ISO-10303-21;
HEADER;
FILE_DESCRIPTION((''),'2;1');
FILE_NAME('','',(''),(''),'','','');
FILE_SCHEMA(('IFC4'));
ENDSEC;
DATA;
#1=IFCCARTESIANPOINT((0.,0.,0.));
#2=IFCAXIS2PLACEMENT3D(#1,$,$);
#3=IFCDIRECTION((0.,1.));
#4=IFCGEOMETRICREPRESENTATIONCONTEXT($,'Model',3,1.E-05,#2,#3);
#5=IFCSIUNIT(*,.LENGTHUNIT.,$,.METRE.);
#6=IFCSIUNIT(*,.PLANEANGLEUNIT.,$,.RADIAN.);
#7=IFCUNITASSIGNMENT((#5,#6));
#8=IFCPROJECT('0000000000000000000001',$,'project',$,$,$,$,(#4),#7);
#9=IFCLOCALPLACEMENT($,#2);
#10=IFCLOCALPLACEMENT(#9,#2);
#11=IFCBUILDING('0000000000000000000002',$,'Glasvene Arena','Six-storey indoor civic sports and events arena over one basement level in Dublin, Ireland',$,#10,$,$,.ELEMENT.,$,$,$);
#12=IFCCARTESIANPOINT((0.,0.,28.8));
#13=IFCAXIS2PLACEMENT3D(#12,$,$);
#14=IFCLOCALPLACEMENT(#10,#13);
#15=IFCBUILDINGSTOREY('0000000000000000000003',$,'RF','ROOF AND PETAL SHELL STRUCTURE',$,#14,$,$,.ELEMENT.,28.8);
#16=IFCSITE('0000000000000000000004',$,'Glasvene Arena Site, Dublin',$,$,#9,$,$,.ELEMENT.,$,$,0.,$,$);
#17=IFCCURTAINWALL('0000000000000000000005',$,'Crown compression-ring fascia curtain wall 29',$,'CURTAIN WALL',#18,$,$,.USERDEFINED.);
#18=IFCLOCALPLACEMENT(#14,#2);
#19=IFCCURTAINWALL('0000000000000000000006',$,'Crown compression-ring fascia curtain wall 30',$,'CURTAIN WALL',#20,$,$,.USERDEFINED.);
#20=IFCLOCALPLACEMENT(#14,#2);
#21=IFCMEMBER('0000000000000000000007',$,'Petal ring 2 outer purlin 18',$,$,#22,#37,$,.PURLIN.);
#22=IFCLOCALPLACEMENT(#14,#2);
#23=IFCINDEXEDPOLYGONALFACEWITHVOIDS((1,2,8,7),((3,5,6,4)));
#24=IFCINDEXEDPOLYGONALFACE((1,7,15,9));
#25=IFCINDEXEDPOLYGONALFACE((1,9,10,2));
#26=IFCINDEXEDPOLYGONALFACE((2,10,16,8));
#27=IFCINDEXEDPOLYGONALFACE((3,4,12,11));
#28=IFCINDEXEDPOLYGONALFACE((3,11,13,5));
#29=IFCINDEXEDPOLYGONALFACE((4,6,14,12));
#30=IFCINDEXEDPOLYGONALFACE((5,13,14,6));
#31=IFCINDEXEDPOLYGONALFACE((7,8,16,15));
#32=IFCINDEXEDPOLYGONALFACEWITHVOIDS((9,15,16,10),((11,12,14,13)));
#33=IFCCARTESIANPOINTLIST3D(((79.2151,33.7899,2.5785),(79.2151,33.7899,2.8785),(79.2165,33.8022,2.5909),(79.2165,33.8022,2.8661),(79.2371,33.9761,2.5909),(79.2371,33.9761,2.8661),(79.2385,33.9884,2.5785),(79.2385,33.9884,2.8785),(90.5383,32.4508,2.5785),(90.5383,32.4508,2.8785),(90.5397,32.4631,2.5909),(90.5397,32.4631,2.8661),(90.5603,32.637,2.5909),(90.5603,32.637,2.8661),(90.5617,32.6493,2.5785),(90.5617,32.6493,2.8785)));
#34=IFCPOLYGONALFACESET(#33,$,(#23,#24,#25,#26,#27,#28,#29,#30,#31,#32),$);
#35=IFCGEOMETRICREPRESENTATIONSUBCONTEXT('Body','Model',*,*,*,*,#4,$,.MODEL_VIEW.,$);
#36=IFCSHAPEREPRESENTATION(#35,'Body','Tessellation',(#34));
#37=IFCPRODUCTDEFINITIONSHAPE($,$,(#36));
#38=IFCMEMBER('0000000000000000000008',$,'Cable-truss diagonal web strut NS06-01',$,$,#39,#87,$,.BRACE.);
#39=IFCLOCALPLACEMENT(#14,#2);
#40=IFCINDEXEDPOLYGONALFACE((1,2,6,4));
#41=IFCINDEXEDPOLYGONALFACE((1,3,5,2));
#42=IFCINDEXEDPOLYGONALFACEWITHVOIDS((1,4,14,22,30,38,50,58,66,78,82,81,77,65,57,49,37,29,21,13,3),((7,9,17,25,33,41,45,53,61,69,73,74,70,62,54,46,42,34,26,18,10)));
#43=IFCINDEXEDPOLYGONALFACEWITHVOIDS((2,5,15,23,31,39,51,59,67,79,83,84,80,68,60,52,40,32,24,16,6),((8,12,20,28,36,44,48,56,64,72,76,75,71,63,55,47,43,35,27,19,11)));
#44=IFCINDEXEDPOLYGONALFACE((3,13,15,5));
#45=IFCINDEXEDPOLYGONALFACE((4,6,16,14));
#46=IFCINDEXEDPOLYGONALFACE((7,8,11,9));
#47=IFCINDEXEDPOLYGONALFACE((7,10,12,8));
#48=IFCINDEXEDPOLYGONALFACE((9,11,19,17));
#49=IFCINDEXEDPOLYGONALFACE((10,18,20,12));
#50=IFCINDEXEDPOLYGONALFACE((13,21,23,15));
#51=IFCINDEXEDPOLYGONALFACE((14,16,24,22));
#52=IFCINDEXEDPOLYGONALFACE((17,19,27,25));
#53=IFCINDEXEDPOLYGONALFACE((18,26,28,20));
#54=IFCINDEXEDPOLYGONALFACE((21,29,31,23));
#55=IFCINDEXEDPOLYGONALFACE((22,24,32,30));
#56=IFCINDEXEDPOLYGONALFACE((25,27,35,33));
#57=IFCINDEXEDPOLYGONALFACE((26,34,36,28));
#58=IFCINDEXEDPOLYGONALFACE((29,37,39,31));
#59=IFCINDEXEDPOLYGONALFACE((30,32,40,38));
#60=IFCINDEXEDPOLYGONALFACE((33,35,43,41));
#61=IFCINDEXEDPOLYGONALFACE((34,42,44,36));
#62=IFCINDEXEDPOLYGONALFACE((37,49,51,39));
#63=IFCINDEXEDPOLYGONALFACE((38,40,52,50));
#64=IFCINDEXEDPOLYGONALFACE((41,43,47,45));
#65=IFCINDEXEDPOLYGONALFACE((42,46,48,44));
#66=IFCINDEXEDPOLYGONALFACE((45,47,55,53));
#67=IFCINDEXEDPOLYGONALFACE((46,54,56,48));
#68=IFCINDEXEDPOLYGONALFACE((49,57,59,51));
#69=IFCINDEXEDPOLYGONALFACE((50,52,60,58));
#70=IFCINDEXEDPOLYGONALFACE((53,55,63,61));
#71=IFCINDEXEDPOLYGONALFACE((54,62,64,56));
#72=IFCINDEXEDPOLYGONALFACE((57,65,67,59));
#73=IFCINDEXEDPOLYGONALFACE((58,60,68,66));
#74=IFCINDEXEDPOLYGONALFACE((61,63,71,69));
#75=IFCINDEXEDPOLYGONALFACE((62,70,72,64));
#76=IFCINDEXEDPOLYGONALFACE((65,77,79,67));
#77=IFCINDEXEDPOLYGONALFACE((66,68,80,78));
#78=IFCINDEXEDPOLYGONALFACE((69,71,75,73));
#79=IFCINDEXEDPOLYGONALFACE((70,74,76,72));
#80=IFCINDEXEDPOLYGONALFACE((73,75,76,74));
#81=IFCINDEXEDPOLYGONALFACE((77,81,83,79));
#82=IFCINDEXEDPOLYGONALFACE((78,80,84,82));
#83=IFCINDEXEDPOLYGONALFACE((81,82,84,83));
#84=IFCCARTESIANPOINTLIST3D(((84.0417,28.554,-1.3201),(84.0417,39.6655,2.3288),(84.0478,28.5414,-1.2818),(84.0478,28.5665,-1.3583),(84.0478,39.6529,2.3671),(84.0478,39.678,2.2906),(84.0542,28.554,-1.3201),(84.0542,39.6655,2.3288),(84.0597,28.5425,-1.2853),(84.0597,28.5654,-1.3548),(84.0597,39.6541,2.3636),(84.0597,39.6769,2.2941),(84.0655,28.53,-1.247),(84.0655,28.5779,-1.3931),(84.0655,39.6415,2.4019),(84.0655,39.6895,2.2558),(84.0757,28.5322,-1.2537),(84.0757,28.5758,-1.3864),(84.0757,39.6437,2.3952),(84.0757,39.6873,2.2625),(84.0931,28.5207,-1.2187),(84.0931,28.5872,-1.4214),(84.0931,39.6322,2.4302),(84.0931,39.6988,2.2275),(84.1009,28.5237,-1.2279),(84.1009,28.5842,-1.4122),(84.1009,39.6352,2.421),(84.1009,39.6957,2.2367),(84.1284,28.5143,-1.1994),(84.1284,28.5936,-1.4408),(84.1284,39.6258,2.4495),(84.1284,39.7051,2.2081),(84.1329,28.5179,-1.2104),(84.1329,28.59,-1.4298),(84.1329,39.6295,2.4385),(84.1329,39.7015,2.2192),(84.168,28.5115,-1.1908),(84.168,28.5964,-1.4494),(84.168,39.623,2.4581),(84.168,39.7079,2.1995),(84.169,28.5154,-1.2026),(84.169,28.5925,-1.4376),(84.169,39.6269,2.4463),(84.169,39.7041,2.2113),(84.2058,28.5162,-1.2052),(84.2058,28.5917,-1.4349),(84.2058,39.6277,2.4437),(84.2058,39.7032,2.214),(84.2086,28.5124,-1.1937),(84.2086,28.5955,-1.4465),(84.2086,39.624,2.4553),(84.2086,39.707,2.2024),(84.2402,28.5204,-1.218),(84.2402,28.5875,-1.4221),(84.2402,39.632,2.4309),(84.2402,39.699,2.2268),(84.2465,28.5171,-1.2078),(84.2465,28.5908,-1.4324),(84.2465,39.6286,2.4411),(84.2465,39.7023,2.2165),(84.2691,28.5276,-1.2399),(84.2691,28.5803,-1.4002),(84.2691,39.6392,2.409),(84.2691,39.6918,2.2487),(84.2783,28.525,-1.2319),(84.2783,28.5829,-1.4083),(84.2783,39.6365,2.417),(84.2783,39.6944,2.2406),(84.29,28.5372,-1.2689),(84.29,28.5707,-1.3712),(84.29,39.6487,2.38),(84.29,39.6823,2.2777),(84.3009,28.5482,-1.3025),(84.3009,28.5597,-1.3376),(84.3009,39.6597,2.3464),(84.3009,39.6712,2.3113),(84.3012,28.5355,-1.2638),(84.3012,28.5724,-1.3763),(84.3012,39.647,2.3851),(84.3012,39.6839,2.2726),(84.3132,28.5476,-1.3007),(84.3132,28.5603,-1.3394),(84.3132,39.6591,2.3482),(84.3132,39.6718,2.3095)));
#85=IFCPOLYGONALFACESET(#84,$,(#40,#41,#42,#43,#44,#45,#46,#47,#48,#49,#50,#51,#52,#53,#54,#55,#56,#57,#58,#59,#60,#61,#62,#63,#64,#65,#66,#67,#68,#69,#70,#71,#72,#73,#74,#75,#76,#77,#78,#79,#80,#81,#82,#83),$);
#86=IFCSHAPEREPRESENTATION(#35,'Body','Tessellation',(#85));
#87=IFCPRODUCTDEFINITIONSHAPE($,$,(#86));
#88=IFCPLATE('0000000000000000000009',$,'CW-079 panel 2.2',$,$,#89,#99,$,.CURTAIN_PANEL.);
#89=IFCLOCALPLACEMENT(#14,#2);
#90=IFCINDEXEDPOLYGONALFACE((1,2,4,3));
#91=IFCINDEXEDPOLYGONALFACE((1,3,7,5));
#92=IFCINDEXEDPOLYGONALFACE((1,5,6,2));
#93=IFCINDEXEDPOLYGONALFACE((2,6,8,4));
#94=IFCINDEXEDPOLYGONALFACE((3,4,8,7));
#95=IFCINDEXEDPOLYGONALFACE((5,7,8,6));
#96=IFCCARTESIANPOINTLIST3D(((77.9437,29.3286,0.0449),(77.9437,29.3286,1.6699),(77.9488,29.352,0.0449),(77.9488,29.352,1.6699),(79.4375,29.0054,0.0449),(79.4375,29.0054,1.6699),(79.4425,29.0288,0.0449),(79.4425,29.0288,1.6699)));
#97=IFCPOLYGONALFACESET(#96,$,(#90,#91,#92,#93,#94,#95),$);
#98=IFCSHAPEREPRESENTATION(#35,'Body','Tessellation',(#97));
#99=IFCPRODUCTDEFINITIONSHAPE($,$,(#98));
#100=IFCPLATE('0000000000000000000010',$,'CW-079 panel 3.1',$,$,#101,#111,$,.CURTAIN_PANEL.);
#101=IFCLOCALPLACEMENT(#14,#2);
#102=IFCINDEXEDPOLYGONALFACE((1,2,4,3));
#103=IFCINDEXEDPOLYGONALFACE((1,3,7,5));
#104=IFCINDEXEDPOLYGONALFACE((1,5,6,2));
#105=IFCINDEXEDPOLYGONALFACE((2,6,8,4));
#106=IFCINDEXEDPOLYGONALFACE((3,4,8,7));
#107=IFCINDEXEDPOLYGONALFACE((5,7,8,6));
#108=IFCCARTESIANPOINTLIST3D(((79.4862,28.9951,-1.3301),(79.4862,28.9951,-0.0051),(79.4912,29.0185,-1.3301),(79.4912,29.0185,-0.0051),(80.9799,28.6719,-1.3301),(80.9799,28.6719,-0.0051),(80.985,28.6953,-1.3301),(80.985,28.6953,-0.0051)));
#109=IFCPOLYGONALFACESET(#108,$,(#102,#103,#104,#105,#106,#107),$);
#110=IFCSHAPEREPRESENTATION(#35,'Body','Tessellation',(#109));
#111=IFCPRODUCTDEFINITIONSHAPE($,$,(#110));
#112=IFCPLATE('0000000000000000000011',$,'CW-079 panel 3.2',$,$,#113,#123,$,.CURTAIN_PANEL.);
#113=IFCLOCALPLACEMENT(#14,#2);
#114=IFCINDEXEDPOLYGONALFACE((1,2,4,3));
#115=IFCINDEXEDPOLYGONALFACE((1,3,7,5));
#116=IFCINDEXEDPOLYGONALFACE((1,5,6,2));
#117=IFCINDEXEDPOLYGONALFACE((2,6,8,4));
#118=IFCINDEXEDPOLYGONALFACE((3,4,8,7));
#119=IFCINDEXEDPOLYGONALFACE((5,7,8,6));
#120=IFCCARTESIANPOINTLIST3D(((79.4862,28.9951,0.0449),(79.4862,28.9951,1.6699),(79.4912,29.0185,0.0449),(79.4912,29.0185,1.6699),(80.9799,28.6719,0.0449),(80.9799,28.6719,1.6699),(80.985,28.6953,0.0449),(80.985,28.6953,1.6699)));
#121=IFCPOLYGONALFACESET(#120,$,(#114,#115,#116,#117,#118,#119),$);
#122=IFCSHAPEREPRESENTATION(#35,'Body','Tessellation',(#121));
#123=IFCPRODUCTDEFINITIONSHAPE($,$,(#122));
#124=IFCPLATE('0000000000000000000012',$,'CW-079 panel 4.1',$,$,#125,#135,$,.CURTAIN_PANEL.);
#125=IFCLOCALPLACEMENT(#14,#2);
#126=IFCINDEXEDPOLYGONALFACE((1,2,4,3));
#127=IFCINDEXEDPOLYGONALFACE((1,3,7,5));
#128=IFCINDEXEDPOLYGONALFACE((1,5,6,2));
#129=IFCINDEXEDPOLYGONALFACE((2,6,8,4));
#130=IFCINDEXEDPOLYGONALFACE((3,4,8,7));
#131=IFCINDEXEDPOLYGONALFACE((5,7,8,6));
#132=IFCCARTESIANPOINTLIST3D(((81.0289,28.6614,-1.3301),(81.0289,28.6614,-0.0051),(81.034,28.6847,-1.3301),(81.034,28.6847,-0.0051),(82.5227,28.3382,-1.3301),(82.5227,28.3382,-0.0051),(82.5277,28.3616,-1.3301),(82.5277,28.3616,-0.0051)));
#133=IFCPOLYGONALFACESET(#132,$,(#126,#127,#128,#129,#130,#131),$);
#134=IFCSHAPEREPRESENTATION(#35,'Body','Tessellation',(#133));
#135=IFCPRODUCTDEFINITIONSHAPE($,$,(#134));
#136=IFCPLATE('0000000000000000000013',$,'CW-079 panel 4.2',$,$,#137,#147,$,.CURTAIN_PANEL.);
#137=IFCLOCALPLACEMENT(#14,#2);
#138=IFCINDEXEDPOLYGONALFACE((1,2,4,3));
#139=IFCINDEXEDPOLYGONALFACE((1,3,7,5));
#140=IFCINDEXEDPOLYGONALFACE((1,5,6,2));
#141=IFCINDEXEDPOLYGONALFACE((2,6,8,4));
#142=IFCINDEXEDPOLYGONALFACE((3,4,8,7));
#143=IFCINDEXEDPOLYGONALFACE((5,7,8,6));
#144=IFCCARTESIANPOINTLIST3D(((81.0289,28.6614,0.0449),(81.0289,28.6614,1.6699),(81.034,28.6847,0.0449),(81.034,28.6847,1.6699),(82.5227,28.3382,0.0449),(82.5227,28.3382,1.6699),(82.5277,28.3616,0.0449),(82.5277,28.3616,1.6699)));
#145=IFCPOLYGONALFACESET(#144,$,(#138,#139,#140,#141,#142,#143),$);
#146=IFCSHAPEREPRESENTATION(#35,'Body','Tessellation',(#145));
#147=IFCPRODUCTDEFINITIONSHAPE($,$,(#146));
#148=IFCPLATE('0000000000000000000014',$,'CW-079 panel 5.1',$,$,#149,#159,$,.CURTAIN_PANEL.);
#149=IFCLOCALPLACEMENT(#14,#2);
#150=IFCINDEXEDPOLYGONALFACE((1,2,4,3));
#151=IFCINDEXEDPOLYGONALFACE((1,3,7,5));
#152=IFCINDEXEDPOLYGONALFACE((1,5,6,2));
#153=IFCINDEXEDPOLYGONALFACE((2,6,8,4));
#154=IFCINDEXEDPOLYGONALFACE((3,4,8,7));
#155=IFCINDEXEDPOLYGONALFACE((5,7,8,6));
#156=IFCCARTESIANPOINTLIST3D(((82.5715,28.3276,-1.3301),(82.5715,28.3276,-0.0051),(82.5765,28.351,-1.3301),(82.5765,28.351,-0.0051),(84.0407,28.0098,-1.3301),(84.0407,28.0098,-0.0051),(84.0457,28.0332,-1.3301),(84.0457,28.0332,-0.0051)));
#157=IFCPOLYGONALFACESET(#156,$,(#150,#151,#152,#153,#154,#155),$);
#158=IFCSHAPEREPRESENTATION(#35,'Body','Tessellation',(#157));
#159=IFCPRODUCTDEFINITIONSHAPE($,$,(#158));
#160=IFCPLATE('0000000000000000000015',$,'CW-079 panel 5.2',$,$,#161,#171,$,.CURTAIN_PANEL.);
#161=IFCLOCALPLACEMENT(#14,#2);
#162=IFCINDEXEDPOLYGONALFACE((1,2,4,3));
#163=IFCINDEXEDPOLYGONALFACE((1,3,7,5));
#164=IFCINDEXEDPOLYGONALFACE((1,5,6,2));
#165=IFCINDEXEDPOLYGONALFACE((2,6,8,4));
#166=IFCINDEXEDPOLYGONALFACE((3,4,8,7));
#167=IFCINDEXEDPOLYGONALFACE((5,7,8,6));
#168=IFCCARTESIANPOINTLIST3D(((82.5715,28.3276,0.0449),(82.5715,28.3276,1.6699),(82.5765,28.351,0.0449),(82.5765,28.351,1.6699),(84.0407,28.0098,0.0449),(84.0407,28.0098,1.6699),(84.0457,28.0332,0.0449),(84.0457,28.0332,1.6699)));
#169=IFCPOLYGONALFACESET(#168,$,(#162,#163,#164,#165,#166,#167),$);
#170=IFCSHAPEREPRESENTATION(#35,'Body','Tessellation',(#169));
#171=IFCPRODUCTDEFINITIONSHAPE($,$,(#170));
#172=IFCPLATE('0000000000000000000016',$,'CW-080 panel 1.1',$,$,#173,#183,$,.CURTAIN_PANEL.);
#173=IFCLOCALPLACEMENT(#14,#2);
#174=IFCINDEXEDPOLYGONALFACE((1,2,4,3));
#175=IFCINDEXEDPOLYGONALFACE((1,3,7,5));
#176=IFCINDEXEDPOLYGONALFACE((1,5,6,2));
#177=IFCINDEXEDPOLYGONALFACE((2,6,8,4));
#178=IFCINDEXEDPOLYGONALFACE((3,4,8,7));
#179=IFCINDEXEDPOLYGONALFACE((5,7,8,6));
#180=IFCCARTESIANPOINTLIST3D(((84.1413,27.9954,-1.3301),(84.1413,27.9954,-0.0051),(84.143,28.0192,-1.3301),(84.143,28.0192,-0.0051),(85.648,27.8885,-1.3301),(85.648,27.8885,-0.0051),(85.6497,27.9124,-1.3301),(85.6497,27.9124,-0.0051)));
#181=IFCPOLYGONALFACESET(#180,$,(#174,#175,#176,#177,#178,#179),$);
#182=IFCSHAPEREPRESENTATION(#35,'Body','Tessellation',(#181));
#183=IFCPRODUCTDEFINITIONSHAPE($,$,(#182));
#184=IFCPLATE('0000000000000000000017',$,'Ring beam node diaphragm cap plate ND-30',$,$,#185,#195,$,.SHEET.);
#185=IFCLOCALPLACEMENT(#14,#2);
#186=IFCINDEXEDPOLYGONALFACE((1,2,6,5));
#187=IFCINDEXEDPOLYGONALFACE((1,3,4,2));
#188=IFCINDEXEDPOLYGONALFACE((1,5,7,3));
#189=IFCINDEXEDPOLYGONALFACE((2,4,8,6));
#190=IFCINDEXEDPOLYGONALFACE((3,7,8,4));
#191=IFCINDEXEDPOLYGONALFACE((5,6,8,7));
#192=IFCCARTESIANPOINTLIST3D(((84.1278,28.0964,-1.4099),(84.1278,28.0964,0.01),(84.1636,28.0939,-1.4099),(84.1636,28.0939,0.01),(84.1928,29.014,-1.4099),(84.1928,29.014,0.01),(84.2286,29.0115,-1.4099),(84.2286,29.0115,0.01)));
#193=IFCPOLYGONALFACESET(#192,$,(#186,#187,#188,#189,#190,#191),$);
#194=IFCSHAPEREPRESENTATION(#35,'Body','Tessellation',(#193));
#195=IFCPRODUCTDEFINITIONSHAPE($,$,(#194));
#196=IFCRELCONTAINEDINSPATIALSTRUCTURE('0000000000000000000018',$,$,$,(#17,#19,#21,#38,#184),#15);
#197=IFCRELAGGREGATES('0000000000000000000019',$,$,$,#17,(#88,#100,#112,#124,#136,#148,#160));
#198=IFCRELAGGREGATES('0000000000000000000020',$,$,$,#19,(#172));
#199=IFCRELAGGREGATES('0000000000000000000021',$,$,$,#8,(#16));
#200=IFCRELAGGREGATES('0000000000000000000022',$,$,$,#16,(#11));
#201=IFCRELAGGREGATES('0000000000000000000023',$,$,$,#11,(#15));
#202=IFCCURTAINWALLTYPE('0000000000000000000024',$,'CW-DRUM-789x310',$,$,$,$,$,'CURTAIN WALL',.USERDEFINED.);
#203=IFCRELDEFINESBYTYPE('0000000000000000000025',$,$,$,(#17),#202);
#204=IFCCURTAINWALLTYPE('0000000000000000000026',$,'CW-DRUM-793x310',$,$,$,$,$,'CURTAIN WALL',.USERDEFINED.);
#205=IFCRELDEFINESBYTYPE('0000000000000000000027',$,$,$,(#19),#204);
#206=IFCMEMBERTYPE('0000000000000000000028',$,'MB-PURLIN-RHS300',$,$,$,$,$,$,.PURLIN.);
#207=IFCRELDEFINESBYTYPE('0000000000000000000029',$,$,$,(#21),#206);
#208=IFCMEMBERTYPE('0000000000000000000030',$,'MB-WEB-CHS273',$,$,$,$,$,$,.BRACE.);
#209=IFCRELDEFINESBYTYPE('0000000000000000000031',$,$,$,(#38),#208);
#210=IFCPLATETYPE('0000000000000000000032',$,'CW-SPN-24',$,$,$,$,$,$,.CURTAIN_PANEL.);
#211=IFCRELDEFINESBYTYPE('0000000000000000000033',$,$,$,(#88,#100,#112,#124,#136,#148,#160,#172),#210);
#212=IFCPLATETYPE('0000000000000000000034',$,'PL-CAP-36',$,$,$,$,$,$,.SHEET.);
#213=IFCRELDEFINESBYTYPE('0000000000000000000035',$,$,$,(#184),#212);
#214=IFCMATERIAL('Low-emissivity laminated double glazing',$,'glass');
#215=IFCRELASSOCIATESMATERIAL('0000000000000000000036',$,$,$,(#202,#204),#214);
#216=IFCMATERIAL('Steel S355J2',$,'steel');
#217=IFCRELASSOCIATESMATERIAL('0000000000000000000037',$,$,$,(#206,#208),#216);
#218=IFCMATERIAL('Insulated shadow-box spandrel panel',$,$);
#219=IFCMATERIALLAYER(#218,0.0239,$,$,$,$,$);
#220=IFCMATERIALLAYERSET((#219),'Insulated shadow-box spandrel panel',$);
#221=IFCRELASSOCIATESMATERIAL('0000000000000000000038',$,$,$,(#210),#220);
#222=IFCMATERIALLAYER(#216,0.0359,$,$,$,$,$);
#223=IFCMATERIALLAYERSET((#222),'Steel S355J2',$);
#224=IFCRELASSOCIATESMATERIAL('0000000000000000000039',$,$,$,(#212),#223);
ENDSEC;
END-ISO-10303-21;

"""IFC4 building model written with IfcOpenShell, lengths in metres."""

from ifc_helpers import new_model, si_unit, direction, frame, origin, origin_2d, place, context, subcontext, project, spatial, rectangle, hollow_rectangle, hollow_circle, extrude, material, layer, layer_set, material_profile, profile_set, type_object, element, aggregate, save


model = new_model("IFC4")

# Units and contexts
model_context = context("Model", 3, precision=1e-05, world=origin(), true_north=direction((0.0, 1.0)))
body_context = subcontext(model_context, "Body", "Model", "MODEL_VIEW")
ifc_project = project(units=[si_unit("LENGTHUNIT", "METRE"), si_unit("PLANEANGLEUNIT", "RADIAN")], contexts=[model_context])

# Site, building, storey
site_placement = place(None, origin())
site = spatial("IfcSite", under=ifc_project, at=site_placement, Name="Glasvene Arena Site, Dublin", CompositionType="ELEMENT", RefElevation=0.0)
building_placement = place(site_placement, origin())
building = spatial("IfcBuilding", under=site, at=building_placement, Name="Glasvene Arena", Description="Six-storey indoor civic sports and events arena over one basement level in Dublin, Ireland", CompositionType="ELEMENT")
storey_placement = place(building_placement, frame((0.0, 0.0, 28.8)))
storey = spatial("IfcBuildingStorey", under=building, at=storey_placement, Name="RF", Description="ROOF AND PETAL SHELL STRUCTURE", CompositionType="ELEMENT", Elevation=28.8)

# Shared definitions
ifc_material_1 = material(Name="Steel S355J2", Category="steel")

# Curtain wall
ifc_material_2 = material(Name="Low-emissivity laminated double glazing", Category="glass")
curtain_wall_type_1 = type_object("IfcCurtainWallType", Name="CW-DRUM-789x310", ElementType="CURTAIN WALL", PredefinedType="USERDEFINED", material=ifc_material_2)
curtain_wall_1_placement = place(storey_placement, frame((76.3792, 29.6794, 0.0)))
curtain_wall_1 = element("IfcCurtainWall", 1, at=curtain_wall_1_placement, inside=storey, type_object=curtain_wall_type_1, Name="Crown compression-ring fascia curtain wall 29", ObjectType="CURTAIN WALL", PredefinedType="USERDEFINED")

# Curtain wall
curtain_wall_type_2 = type_object("IfcCurtainWallType", Name="CW-DRUM-793x310", ElementType="CURTAIN WALL", PredefinedType="USERDEFINED", material=ifc_material_2)
curtain_wall_2_placement = place(storey_placement, frame((84.0923, 28.0107, 0.0)))
curtain_wall_2 = element("IfcCurtainWall", 2, at=curtain_wall_2_placement, inside=storey, type_object=curtain_wall_type_2, Name="Crown compression-ring fascia curtain wall 30", ObjectType="CURTAIN WALL", PredefinedType="USERDEFINED")

# Members
ifc_material_profile_1 = material_profile(ifc_material_1, hollow_rectangle(XDim=0.2, YDim=0.3, WallThickness=0.0125, at=origin_2d()), Name="RHS 300x200x12.5")
ifc_profile_set_1 = profile_set([ifc_material_profile_1], Name="Steel S355J2")
member_type_1 = type_object("IfcMemberType", Name="MB-PURLIN-RHS300", PredefinedType="PURLIN", material=ifc_profile_set_1)
member_1_placement = place(storey_placement, frame((79.2268, 33.8892, 2.7285), z_axis=(0.99308, -0.117444, 0.0), x_axis=(0.117444, 0.99308, 0.0)))
element("IfcMember", 3, at=member_1_placement, inside=storey, type_object=member_type_1, Name="Petal ring 2 outer purlin 18", PredefinedType="PURLIN", context=body_context, shape_type="SweptSolid", body=[
    extrude(hollow_rectangle(XDim=0.2, YDim=0.3, WallThickness=0.0125, at=origin_2d()), origin(), (0.0, 0.0, 1.0), 11.4021),
])
ifc_material_profile_2 = material_profile(ifc_material_1, hollow_circle(Radius=0.1365, WallThickness=0.0125, at=origin_2d()), Name="CHS 273.0x12.5")
ifc_profile_set_2 = profile_set([ifc_material_profile_2], Name="Steel S355J2")
member_type_2 = type_object("IfcMemberType", Name="MB-WEB-CHS273", PredefinedType="BRACE", material=ifc_profile_set_2)
member_2_placement = place(storey_placement, frame((84.1782, 28.554, -1.3201), z_axis=(0.0, 0.950083, 0.311997), x_axis=(-1.0, 0.0, 0.0)))
element("IfcMember", 4, at=member_2_placement, inside=storey, type_object=member_type_2, Name="Cable-truss diagonal web strut NS06-01", PredefinedType="BRACE", context=body_context, shape_type="SweptSolid", body=[
    extrude(hollow_circle(Radius=0.1365, WallThickness=0.0125, at=origin_2d()), origin(), (0.0, 0.0, 1.0), 11.6953),
])

# Plates
ifc_material_3 = material(Name="Insulated shadow-box spandrel panel")
ifc_layer_1 = layer(ifc_material_3, 0.0239)
ifc_layer_set_1 = layer_set([ifc_layer_1], Name="Insulated shadow-box spandrel panel")
plate_type_1 = type_object("IfcPlateType", Name="CW-SPN-24", PredefinedType="CURTAIN_PANEL", material=ifc_layer_set_1)
plate_1_placement = place(storey_placement, frame((78.6931, 29.1787, 0.0449), z_axis=(0.0, 0.0, 1.0), x_axis=(0.97739, -0.211445, 0.0)))
plate_1 = element("IfcPlate", 5, at=plate_1_placement, type_object=plate_type_1, Name="CW-079 panel 2.2", PredefinedType="CURTAIN_PANEL", context=body_context, shape_type="SweptSolid", body=[
    extrude(rectangle(XDim=1.5283, YDim=0.0239, at=origin_2d()), origin(), (0.0, 0.0, 1.0), 1.625),
])
plate_2_placement = place(storey_placement, frame((80.2356, 28.8452, -1.3301), z_axis=(0.0, 0.0, 1.0), x_axis=(0.97739, -0.211445, 0.0)))
plate_2 = element("IfcPlate", 6, at=plate_2_placement, type_object=plate_type_1, Name="CW-079 panel 3.1", PredefinedType="CURTAIN_PANEL", context=body_context, shape_type="SweptSolid", body=[
    extrude(rectangle(XDim=1.5283, YDim=0.0239, at=origin_2d()), origin(), (0.0, 0.0, 1.0), 1.325),
])
plate_3_placement = place(storey_placement, frame((80.2356, 28.8452, 0.0449), z_axis=(0.0, 0.0, 1.0), x_axis=(0.97739, -0.211445, 0.0)))
plate_3 = element("IfcPlate", 7, at=plate_3_placement, type_object=plate_type_1, Name="CW-079 panel 3.2", PredefinedType="CURTAIN_PANEL", context=body_context, shape_type="SweptSolid", body=[
    extrude(rectangle(XDim=1.5283, YDim=0.0239, at=origin_2d()), origin(), (0.0, 0.0, 1.0), 1.625),
])
plate_4_placement = place(storey_placement, frame((81.7783, 28.5115, -1.3301), z_axis=(0.0, 0.0, 1.0), x_axis=(0.97739, -0.211445, 0.0)))
plate_4 = element("IfcPlate", 8, at=plate_4_placement, type_object=plate_type_1, Name="CW-079 panel 4.1", PredefinedType="CURTAIN_PANEL", context=body_context, shape_type="SweptSolid", body=[
    extrude(rectangle(XDim=1.5283, YDim=0.0239, at=origin_2d()), origin(), (0.0, 0.0, 1.0), 1.325),
])
plate_5_placement = place(storey_placement, frame((81.7783, 28.5115, 0.0449), z_axis=(0.0, 0.0, 1.0), x_axis=(0.97739, -0.211445, 0.0)))
plate_5 = element("IfcPlate", 9, at=plate_5_placement, type_object=plate_type_1, Name="CW-079 panel 4.2", PredefinedType="CURTAIN_PANEL", context=body_context, shape_type="SweptSolid", body=[
    extrude(rectangle(XDim=1.5283, YDim=0.0239, at=origin_2d()), origin(), (0.0, 0.0, 1.0), 1.625),
])
plate_6_placement = place(storey_placement, frame((83.3086, 28.1804, -1.3301), z_axis=(0.0, 0.0, 1.0), x_axis=(0.97739, -0.211445, 0.0)))
plate_6 = element("IfcPlate", 10, at=plate_6_placement, type_object=plate_type_1, Name="CW-079 panel 5.1", PredefinedType="CURTAIN_PANEL", context=body_context, shape_type="SweptSolid", body=[
    extrude(rectangle(XDim=1.5032, YDim=0.0239, at=origin_2d()), origin(), (0.0, 0.0, 1.0), 1.325),
])
plate_7_placement = place(storey_placement, frame((83.3086, 28.1804, 0.0449), z_axis=(0.0, 0.0, 1.0), x_axis=(0.97739, -0.211445, 0.0)))
plate_7 = element("IfcPlate", 11, at=plate_7_placement, type_object=plate_type_1, Name="CW-079 panel 5.2", PredefinedType="CURTAIN_PANEL", context=body_context, shape_type="SweptSolid", body=[
    extrude(rectangle(XDim=1.5032, YDim=0.0239, at=origin_2d()), origin(), (0.0, 0.0, 1.0), 1.625),
])
aggregate(curtain_wall_1, [plate_1, plate_2, plate_3, plate_4, plate_5, plate_6, plate_7])
plate_8_placement = place(storey_placement, frame((84.8955, 27.9539, -1.3301), z_axis=(0.0, 0.0, 1.0), x_axis=(0.997495, -0.07074, 0.0)))
plate_8 = element("IfcPlate", 12, at=plate_8_placement, type_object=plate_type_1, Name="CW-080 panel 1.1", PredefinedType="CURTAIN_PANEL", context=body_context, shape_type="SweptSolid", body=[
    extrude(rectangle(XDim=1.5105, YDim=0.0239, at=origin_2d()), origin(), (0.0, 0.0, 1.0), 1.325),
])
aggregate(curtain_wall_2, [plate_8])
ifc_layer_2 = layer(ifc_material_1, 0.0359)
ifc_layer_set_2 = layer_set([ifc_layer_2], Name="Steel S355J2")
plate_type_2 = type_object("IfcPlateType", Name="PL-CAP-36", PredefinedType="SHEET", material=ifc_layer_set_2)
plate_9_placement = place(storey_placement, frame((84.1782, 28.554, -1.4099), z_axis=(0.0, 0.0, 1.0), x_axis=(0.997503, -0.070627, 0.0)))
element("IfcPlate", 13, at=plate_9_placement, inside=storey, type_object=plate_type_2, Name="Ring beam node diaphragm cap plate ND-30", PredefinedType="SHEET", context=body_context, shape_type="SweptSolid", body=[
    extrude(rectangle(XDim=0.0359, YDim=0.9199, at=origin_2d()), origin(), (0.0, 0.0, 1.0), 1.4199),
])

save(model, "model.ifc")
